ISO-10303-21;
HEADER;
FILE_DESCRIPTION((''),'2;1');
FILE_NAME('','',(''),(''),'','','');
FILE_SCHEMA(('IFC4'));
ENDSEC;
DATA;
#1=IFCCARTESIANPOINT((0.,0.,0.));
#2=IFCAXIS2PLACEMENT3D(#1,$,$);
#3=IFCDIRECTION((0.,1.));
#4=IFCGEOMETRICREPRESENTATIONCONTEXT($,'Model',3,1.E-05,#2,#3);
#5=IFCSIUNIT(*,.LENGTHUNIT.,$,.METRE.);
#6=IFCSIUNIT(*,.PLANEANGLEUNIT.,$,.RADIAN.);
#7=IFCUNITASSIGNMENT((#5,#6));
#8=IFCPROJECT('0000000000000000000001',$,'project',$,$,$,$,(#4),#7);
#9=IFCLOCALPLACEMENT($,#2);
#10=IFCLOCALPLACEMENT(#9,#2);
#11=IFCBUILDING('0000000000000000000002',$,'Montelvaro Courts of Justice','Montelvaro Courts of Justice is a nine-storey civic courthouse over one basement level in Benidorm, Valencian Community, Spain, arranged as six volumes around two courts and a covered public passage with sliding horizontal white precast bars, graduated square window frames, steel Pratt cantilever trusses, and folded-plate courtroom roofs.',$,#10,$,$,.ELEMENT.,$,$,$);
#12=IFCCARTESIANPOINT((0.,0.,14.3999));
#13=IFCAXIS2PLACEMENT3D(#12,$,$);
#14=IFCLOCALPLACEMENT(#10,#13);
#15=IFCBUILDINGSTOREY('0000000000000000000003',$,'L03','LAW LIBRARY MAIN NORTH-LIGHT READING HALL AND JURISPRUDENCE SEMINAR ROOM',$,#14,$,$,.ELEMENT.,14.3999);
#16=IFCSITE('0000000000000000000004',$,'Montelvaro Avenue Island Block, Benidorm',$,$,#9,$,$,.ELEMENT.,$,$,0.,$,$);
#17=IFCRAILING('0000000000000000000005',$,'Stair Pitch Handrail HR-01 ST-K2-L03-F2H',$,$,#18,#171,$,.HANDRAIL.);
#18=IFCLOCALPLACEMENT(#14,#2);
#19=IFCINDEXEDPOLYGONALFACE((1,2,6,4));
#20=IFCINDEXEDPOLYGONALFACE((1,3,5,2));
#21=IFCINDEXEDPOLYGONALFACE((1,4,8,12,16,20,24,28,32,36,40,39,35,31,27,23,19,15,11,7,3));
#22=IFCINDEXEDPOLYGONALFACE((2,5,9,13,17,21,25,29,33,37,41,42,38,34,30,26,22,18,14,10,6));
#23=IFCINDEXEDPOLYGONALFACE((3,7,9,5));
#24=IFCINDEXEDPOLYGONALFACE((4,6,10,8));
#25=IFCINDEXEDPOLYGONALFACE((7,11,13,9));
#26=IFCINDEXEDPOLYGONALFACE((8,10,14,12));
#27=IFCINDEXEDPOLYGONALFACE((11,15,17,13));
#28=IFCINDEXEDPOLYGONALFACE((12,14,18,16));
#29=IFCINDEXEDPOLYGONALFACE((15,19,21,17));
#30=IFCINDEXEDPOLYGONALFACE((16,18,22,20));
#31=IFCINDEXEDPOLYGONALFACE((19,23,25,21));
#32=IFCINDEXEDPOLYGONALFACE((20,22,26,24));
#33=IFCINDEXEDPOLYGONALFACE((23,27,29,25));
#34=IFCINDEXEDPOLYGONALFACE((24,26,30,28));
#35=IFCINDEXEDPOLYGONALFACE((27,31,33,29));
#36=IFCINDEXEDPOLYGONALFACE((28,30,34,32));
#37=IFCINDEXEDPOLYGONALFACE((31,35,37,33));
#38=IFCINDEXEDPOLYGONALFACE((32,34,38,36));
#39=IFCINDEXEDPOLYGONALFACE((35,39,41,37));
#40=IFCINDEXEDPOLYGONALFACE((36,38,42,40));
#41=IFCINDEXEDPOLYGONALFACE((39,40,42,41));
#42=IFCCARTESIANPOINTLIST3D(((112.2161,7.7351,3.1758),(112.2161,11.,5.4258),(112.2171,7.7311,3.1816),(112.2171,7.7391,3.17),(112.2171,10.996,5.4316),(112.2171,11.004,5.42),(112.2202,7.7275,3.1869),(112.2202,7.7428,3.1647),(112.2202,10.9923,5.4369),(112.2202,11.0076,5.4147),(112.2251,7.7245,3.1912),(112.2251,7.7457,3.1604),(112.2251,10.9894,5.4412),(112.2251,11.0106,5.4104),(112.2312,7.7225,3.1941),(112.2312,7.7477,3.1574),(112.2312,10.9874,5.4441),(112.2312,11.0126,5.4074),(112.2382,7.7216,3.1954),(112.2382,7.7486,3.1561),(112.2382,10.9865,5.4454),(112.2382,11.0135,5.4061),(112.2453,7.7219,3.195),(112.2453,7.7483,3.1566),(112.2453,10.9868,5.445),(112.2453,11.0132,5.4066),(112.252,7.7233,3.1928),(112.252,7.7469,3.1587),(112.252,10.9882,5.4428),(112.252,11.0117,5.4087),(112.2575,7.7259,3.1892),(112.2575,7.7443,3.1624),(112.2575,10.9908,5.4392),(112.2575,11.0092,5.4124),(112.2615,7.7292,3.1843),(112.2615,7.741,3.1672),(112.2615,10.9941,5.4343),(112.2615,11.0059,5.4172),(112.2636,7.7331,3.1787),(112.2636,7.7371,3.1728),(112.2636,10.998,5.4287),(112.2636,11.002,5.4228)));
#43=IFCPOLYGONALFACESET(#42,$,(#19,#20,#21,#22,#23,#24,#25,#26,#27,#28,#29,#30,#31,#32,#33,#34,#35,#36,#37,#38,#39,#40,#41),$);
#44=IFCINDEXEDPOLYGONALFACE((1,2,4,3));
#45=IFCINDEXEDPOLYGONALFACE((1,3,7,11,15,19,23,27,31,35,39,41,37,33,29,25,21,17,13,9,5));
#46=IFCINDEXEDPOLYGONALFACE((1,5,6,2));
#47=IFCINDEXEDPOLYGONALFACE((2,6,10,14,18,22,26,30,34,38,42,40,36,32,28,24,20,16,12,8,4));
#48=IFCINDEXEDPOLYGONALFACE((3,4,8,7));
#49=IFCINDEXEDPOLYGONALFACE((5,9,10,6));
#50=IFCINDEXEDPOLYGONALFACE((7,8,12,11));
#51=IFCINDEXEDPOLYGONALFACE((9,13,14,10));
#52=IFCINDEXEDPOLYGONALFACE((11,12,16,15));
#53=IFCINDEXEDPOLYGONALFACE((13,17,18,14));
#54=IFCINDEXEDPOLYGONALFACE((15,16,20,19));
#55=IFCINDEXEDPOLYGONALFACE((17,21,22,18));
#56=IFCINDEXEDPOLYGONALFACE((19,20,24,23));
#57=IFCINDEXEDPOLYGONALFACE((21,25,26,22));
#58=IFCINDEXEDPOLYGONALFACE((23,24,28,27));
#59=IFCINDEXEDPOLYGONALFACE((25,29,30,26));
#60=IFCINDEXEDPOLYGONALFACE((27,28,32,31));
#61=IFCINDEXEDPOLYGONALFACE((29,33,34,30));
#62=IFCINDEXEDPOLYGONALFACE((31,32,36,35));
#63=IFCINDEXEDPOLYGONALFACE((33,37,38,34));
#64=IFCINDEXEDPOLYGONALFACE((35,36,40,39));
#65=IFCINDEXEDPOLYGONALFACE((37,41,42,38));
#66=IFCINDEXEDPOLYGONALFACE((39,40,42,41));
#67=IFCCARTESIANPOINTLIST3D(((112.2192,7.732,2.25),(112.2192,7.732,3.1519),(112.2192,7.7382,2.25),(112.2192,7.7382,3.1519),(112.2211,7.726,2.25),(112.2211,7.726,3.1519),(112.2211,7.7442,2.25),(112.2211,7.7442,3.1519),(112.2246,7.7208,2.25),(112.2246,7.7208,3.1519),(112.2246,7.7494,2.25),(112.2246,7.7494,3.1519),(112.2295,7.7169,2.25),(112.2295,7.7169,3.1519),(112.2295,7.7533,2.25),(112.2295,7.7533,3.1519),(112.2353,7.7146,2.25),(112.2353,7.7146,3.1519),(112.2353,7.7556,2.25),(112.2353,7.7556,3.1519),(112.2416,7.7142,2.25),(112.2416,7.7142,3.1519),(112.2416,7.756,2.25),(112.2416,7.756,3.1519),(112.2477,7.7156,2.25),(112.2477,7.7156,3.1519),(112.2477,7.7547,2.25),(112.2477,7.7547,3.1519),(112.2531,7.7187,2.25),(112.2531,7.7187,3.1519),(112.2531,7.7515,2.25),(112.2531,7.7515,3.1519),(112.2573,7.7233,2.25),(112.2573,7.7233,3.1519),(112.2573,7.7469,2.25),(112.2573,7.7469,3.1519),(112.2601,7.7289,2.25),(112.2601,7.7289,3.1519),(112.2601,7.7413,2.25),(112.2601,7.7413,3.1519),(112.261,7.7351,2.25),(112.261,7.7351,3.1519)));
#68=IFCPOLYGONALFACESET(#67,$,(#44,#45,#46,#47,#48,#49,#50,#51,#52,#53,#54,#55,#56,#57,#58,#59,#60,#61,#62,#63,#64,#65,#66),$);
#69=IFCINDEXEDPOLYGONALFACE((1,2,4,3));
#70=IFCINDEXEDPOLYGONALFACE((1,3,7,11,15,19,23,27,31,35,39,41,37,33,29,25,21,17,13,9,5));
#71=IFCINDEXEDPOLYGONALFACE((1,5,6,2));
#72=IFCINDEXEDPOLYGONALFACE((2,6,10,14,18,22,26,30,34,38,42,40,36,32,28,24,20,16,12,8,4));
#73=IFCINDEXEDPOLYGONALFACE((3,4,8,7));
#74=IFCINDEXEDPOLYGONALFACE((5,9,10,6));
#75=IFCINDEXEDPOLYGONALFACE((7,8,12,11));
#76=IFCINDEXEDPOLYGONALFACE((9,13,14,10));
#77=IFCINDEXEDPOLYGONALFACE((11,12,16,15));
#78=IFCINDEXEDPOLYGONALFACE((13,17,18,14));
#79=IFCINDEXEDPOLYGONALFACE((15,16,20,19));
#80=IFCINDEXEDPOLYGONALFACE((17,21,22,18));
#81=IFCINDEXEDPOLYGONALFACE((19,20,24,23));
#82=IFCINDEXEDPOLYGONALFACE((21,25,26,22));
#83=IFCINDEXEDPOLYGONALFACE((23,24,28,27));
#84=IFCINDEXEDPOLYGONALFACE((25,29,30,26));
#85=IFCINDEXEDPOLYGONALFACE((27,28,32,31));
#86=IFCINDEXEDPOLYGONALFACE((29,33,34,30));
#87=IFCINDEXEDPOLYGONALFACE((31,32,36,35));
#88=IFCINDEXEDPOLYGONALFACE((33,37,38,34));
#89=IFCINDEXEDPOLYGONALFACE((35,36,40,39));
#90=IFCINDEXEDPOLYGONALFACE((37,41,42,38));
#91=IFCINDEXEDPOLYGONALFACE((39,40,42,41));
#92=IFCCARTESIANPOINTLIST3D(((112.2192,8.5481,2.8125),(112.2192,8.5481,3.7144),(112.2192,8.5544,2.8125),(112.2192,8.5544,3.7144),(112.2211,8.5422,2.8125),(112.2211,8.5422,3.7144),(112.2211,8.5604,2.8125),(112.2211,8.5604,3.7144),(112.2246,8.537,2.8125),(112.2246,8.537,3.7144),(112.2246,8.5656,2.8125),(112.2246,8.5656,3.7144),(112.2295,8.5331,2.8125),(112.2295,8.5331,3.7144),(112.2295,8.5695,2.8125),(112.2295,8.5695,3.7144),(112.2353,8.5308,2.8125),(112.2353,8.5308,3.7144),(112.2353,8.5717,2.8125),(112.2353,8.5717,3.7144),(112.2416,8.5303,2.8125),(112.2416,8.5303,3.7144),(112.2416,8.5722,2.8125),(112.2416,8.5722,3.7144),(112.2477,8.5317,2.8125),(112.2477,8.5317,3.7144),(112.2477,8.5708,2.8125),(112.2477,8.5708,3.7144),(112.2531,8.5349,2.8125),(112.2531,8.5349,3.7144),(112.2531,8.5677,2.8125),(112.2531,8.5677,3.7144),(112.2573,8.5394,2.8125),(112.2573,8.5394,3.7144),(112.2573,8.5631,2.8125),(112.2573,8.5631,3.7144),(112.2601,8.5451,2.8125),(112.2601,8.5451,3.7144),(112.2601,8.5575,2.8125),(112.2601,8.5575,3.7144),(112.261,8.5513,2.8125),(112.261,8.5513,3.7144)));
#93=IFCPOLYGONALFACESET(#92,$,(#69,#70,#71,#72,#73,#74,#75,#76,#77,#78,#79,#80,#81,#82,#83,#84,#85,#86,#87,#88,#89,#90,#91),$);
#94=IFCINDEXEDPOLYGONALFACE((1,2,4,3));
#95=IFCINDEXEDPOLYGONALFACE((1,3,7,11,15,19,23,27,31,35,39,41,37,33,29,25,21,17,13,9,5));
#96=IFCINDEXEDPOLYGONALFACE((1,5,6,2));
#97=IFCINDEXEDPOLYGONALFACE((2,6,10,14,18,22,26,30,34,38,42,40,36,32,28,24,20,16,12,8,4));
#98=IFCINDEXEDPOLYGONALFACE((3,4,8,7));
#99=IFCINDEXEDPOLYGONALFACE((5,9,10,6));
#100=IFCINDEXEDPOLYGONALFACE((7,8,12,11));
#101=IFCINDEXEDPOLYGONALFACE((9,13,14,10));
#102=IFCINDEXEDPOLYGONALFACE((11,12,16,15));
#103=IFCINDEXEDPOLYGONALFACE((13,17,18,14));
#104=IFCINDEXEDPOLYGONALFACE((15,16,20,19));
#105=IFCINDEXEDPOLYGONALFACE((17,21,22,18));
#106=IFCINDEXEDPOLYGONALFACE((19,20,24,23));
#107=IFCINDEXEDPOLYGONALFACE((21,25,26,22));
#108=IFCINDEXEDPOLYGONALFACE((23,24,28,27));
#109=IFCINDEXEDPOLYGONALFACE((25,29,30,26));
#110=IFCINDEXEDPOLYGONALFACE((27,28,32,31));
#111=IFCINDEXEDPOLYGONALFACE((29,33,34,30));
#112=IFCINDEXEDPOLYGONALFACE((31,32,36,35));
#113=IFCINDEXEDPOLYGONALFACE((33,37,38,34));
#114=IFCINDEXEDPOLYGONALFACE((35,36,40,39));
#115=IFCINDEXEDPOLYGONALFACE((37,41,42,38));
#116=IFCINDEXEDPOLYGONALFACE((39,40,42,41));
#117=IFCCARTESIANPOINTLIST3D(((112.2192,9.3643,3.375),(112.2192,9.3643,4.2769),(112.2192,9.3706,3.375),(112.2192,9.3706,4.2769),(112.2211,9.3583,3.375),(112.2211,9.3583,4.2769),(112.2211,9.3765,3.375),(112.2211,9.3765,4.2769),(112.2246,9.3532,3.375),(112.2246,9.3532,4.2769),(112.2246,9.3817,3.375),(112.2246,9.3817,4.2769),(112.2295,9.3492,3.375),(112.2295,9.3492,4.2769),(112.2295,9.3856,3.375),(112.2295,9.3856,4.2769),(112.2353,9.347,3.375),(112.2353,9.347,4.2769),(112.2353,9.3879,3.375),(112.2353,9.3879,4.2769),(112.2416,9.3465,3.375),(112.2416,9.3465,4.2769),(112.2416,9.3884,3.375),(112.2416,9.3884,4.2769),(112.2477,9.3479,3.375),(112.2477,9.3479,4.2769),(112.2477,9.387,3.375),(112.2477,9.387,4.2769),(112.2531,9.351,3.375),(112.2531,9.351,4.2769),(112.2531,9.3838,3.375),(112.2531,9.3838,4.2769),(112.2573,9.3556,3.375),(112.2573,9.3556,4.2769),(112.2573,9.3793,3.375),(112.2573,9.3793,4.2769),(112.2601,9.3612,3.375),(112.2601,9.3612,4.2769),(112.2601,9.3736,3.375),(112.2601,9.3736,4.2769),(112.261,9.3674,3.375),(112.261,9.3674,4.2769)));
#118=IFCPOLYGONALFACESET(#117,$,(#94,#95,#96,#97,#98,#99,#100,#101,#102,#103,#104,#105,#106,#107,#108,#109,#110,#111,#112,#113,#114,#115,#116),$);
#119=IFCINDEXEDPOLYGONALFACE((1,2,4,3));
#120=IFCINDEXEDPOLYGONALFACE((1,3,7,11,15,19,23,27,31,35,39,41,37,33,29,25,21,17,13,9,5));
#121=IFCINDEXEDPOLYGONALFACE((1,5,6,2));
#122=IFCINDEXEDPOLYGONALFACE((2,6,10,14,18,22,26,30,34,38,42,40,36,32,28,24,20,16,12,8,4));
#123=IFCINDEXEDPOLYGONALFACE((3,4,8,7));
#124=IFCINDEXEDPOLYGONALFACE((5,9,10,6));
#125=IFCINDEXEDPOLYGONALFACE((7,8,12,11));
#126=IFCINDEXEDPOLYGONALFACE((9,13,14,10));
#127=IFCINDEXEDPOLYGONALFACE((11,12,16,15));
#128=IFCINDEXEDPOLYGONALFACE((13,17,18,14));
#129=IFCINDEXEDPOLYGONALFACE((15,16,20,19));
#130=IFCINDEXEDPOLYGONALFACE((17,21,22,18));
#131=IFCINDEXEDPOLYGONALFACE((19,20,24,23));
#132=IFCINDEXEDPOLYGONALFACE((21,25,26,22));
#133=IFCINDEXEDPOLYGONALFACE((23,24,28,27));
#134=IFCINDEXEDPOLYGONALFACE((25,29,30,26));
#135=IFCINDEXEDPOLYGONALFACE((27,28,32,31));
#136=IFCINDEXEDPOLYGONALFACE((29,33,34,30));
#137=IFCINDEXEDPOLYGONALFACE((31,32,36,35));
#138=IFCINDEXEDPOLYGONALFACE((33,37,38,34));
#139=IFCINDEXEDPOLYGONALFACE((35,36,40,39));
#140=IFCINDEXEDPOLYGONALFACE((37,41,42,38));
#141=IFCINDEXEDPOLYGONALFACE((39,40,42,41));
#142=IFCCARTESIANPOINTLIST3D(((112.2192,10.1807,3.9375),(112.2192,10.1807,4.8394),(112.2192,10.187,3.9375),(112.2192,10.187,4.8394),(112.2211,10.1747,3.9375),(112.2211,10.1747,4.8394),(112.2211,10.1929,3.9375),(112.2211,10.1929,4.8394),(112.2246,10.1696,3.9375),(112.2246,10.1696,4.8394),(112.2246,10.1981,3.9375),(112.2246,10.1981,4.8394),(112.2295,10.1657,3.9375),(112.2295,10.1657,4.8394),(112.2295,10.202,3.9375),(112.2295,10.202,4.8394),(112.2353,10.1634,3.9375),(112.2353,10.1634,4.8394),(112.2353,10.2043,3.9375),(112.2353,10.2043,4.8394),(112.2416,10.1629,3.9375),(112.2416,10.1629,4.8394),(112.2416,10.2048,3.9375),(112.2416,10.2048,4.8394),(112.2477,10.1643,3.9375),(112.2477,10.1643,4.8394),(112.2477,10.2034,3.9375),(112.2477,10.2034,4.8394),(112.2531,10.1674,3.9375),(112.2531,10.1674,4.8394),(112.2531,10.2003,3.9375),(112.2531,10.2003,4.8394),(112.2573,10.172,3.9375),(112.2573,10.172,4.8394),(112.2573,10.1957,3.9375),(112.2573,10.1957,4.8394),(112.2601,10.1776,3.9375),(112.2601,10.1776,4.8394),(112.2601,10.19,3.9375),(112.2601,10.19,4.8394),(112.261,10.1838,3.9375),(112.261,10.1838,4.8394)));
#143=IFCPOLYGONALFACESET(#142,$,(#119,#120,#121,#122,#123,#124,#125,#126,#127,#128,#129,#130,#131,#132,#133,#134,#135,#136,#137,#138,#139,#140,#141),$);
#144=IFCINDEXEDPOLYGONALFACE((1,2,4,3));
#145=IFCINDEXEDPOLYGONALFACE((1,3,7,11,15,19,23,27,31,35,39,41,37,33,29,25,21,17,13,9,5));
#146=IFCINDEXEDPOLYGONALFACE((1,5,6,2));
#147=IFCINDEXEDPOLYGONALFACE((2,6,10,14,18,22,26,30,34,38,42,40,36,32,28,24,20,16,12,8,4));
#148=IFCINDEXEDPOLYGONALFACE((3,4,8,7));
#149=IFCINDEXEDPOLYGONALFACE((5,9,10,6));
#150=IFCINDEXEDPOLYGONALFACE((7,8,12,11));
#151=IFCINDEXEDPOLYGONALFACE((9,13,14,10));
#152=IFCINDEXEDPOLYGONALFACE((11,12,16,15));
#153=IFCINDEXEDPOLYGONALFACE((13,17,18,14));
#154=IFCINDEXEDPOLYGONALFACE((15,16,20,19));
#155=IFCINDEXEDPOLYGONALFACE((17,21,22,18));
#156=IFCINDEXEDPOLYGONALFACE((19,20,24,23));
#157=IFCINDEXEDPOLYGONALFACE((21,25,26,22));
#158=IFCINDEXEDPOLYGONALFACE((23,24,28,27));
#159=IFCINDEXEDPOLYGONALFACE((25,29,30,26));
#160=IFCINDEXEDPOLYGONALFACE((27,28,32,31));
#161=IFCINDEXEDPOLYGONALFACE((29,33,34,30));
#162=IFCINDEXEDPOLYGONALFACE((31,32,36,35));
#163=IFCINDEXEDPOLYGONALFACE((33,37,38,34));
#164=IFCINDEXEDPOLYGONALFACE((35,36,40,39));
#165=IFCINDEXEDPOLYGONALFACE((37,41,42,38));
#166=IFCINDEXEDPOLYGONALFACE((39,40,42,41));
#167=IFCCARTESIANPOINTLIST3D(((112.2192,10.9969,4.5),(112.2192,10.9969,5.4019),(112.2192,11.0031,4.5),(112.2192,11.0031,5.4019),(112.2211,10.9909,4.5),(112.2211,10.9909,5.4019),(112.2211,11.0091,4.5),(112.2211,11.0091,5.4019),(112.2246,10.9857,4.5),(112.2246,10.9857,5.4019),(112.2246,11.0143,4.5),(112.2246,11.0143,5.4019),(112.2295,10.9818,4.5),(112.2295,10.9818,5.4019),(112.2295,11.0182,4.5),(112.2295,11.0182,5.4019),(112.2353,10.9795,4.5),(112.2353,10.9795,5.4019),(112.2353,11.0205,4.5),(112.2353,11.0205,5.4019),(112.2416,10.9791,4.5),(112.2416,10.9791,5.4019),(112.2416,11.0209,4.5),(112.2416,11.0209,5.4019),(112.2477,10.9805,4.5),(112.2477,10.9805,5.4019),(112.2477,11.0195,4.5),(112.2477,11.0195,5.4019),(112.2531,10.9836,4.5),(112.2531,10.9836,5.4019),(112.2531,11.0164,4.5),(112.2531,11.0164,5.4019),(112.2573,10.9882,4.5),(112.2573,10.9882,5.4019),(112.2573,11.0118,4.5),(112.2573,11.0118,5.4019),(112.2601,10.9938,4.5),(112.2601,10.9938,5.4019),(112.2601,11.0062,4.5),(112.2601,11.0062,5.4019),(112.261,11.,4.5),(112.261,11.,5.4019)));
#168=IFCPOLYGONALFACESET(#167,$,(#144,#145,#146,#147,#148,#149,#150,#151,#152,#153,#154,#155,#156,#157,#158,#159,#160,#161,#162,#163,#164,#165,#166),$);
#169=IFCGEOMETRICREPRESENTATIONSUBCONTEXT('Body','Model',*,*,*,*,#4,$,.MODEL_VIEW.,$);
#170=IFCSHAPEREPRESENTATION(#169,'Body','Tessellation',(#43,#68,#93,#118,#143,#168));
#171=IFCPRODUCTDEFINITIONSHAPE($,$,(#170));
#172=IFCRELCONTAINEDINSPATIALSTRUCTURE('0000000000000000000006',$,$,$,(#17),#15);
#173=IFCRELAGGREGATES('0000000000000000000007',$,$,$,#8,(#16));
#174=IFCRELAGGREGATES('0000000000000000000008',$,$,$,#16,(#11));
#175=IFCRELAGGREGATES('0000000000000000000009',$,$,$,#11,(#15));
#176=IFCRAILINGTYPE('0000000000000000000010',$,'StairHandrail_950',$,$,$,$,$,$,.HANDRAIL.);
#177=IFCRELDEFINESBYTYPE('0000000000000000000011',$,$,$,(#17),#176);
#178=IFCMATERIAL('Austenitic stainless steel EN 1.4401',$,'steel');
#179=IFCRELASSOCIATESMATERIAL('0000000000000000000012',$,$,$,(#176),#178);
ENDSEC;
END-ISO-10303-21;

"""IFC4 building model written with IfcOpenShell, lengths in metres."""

from ifc_helpers import new_model, si_unit, direction, frame, origin, origin_2d, place, context, subcontext, project, spatial, circle, extrude, material, type_object, element, save


model = new_model("IFC4")

# Units and contexts
model_context = context("Model", 3, precision=1e-05, world=origin(), true_north=direction((0.0, 1.0)))
body_context = subcontext(model_context, "Body", "Model", "MODEL_VIEW")
ifc_project = project(units=[si_unit("LENGTHUNIT", "METRE"), si_unit("PLANEANGLEUNIT", "RADIAN")], contexts=[model_context])

# Site, building, storey
site_placement = place(None, origin())
site = spatial("IfcSite", under=ifc_project, at=site_placement, Name="Montelvaro Avenue Island Block, Benidorm", CompositionType="ELEMENT", RefElevation=0.0)
building_placement = place(site_placement, origin())
building = spatial("IfcBuilding", under=site, at=building_placement, Name="Montelvaro Courts of Justice", Description="Montelvaro Courts of Justice is a nine-storey civic courthouse over one basement level in Benidorm, Valencian Community, Spain, arranged as six volumes around two courts and a covered public passage with sliding horizontal white precast bars, graduated square window frames, steel Pratt cantilever trusses, and folded-plate courtroom roofs.", CompositionType="ELEMENT")
storey_placement = place(building_placement, frame((0.0, 0.0, 14.3999)))
storey = spatial("IfcBuildingStorey", under=building, at=storey_placement, Name="L03", Description="LAW LIBRARY MAIN NORTH-LIGHT READING HALL AND JURISPRUDENCE SEMINAR ROOM", CompositionType="ELEMENT", Elevation=14.3999)

# Railing
ifc_material_1 = material(Name="Austenitic stainless steel EN 1.4401", Category="steel")
railing_type_1 = type_object("IfcRailingType", Name="StairHandrail_950", PredefinedType="HANDRAIL", material=ifc_material_1)
railing_1_placement = place(storey_placement, frame((112.24, 7.7351, 2.25)))
element("IfcRailing", 1, at=railing_1_placement, inside=storey, type_object=railing_type_1, Name="Stair Pitch Handrail HR-01 ST-K2-L03-F2H", PredefinedType="HANDRAIL", context=body_context, shape_type="SweptSolid", body=[
    extrude(circle(Radius=0.0239, at=origin_2d()), frame((0.0, 0.0, 0.9258), z_axis=(0.0, 0.823407, 0.567451), x_axis=(-1.0, 0.0, 0.0)), (0.0, 0.0, 1.0), 3.9651),
    extrude(circle(Radius=0.021, at=origin_2d()), origin(), (0.0, 0.0, 1.0), 0.9019),
    extrude(circle(Radius=0.021, at=origin_2d()), frame((0.0, 0.8162, 0.5625)), (0.0, 0.0, 1.0), 0.9019),
    extrude(circle(Radius=0.021, at=origin_2d()), frame((0.0, 1.6323, 1.125)), (0.0, 0.0, 1.0), 0.9019),
    extrude(circle(Radius=0.021, at=origin_2d()), frame((0.0, 2.4487, 1.6875)), (0.0, 0.0, 1.0), 0.9019),
    extrude(circle(Radius=0.021, at=origin_2d()), frame((0.0, 3.2649, 2.25)), (0.0, 0.0, 1.0), 0.9019),
])

save(model, "model.ifc")
